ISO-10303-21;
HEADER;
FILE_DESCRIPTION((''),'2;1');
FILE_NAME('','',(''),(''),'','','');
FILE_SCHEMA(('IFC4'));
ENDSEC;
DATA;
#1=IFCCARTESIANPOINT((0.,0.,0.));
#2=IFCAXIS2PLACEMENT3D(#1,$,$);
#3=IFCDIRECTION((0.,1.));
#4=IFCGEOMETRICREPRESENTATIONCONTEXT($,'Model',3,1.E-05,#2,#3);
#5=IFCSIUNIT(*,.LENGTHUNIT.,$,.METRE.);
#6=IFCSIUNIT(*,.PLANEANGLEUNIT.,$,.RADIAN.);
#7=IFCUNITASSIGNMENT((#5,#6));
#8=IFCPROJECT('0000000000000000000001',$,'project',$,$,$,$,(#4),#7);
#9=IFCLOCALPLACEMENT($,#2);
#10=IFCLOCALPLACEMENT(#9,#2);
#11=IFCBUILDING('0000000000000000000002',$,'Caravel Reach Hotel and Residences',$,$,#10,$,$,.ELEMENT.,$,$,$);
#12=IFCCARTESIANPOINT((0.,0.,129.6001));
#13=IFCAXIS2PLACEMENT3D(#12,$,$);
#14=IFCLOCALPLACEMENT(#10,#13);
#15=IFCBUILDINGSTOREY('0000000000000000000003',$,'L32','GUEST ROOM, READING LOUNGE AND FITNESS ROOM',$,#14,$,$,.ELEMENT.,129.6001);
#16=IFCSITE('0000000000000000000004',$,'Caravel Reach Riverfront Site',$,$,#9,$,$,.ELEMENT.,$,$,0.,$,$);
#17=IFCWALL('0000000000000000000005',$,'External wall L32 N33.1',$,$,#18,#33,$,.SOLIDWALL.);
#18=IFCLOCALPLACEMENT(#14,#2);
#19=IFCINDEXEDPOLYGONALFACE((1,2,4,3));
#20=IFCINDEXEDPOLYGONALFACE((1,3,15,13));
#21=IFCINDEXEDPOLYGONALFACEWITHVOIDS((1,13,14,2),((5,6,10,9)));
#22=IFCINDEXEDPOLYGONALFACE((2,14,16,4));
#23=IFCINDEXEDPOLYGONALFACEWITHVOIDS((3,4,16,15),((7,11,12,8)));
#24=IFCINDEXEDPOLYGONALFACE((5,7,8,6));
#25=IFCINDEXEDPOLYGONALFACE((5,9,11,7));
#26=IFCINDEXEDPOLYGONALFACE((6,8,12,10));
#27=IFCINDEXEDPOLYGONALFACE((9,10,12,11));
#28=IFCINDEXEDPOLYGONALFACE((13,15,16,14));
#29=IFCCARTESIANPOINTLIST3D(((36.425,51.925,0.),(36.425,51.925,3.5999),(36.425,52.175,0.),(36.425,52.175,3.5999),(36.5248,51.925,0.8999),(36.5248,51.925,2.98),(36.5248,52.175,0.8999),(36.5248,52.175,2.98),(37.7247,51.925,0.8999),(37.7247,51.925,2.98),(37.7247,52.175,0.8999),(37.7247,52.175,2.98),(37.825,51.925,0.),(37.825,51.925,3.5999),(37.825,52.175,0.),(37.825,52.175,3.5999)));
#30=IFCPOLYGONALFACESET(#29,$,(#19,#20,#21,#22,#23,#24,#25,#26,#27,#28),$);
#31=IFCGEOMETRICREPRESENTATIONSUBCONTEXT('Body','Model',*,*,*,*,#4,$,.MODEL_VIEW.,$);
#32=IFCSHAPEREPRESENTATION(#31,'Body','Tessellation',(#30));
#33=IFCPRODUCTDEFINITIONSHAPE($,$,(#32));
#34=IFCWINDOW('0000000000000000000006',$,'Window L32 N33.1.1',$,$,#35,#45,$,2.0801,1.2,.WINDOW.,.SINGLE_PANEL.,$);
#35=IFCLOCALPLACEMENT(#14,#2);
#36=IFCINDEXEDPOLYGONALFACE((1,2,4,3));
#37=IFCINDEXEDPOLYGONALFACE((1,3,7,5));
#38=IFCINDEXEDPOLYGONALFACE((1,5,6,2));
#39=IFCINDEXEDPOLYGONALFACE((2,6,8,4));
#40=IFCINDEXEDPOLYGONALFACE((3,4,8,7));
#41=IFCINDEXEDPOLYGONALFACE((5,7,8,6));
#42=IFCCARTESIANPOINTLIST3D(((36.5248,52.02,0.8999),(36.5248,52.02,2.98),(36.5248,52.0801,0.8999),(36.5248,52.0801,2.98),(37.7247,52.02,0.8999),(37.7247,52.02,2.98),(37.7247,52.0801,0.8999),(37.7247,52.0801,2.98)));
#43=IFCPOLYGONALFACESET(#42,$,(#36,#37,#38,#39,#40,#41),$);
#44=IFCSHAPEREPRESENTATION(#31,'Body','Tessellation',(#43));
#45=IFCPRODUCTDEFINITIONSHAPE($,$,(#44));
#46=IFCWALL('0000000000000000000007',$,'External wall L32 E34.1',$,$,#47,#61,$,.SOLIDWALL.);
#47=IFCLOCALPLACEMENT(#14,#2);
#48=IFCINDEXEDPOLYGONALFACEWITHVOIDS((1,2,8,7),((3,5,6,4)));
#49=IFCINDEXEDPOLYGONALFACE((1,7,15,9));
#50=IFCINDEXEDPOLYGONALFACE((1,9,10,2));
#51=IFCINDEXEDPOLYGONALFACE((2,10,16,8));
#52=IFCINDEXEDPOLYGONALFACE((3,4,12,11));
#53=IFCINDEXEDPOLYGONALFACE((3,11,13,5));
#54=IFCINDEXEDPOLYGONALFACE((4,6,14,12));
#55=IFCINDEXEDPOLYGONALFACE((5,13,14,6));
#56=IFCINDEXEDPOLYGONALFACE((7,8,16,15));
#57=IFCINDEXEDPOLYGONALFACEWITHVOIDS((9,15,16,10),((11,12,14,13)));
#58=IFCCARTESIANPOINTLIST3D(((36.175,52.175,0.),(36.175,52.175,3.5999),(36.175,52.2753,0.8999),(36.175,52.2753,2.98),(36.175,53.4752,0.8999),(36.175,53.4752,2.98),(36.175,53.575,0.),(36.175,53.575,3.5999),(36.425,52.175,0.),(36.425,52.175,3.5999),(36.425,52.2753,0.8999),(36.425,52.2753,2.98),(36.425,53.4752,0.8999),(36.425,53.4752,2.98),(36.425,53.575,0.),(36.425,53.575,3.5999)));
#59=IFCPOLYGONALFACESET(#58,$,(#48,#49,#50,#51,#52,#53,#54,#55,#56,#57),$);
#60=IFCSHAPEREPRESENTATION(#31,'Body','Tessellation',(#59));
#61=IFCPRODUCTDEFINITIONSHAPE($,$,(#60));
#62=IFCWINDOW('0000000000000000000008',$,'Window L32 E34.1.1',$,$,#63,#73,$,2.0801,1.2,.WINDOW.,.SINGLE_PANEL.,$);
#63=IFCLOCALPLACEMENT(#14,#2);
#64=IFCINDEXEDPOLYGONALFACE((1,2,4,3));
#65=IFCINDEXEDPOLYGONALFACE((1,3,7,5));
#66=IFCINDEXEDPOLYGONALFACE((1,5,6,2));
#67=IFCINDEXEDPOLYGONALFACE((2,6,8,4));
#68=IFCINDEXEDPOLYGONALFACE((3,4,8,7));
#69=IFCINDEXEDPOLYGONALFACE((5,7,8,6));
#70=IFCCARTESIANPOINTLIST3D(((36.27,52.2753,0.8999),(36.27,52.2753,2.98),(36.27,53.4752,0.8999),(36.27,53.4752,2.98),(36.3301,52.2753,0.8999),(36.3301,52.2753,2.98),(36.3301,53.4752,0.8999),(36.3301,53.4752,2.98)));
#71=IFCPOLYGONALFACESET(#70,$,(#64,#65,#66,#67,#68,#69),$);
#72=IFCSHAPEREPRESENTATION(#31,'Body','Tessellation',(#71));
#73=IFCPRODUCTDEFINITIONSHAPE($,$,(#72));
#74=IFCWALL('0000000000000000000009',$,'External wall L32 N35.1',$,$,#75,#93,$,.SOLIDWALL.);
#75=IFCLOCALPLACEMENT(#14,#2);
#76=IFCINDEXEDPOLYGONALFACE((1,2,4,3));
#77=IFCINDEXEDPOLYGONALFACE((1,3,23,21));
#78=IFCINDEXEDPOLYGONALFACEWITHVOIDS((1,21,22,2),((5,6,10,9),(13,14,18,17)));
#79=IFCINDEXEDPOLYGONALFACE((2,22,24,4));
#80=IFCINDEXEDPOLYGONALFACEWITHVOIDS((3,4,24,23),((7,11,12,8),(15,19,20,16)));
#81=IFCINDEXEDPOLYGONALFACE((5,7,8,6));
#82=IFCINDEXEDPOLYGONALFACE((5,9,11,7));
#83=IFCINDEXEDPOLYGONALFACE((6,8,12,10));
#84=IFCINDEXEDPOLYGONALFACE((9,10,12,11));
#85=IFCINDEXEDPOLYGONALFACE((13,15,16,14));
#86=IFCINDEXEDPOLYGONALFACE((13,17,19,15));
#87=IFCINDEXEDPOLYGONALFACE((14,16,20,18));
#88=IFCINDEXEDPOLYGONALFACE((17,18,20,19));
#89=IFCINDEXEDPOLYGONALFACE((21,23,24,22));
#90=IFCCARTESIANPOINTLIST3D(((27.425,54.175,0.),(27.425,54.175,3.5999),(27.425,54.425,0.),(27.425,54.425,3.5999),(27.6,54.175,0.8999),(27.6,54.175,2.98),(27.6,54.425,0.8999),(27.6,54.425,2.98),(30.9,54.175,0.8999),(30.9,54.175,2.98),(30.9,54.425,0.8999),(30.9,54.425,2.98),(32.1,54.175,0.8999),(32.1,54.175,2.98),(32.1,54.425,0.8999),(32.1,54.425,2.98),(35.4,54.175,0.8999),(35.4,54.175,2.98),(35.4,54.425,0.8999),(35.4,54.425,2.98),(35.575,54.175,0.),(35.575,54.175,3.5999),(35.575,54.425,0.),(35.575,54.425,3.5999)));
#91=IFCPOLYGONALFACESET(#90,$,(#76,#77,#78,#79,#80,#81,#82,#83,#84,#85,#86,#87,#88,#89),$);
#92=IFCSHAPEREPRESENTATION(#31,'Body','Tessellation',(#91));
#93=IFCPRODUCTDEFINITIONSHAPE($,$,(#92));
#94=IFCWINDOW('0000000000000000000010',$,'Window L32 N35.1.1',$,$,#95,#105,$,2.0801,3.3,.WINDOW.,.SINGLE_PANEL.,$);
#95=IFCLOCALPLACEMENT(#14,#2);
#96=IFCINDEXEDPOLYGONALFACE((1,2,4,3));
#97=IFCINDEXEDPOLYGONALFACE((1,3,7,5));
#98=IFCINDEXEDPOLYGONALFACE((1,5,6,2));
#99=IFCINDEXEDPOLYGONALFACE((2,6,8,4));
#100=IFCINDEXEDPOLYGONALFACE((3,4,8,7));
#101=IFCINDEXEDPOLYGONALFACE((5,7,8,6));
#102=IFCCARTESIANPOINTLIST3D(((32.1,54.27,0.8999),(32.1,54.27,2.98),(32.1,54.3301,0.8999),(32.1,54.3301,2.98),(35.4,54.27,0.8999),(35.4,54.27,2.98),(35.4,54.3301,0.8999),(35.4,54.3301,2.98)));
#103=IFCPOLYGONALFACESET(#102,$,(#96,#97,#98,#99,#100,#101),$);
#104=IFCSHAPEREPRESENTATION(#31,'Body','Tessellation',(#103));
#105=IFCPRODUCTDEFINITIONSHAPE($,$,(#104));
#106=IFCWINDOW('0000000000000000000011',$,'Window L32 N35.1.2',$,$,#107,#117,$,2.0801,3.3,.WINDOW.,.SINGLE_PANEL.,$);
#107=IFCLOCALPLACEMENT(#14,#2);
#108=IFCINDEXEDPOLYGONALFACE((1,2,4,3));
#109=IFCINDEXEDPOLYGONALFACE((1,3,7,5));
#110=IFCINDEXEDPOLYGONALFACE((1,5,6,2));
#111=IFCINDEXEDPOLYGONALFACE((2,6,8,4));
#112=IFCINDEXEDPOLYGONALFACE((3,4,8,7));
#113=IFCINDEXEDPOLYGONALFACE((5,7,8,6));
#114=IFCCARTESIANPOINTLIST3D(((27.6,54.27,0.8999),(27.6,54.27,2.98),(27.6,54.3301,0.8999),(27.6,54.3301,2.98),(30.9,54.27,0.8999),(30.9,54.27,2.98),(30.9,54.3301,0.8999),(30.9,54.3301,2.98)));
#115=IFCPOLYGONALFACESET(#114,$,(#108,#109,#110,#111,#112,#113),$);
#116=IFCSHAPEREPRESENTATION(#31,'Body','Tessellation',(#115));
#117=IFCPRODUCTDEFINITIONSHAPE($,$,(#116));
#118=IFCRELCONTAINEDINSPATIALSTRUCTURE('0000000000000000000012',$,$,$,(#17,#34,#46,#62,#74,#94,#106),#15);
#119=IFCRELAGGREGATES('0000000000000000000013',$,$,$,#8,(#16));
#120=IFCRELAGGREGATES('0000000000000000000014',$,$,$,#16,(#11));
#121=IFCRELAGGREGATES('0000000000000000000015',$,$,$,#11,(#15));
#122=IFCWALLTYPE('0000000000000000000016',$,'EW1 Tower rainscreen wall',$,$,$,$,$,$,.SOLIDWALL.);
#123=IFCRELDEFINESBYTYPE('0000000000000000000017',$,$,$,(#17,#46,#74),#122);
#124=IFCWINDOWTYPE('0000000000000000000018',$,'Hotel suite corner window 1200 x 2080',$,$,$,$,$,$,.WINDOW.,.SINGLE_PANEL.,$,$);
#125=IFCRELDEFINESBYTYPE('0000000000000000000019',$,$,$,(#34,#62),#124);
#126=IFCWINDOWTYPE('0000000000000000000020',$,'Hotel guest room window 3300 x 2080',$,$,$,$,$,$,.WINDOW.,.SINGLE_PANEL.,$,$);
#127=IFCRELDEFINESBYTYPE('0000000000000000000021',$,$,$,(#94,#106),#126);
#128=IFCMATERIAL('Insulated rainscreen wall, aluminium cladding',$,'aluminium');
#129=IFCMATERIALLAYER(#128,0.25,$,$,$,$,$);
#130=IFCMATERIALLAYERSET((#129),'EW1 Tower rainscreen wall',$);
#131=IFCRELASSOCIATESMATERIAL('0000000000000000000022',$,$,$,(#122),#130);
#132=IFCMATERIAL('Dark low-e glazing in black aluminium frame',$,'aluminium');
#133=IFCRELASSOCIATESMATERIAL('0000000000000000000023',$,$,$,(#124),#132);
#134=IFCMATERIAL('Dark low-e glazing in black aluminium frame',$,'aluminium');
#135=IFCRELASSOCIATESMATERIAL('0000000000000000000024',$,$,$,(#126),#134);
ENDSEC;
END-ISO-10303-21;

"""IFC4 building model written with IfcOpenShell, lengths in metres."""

from ifc_helpers import new_model, si_unit, direction, frame, frame_2d, origin, place, context, subcontext, project, spatial, rectangle, extrude, material, layer, layer_set, type_object, element, fill, save


model = new_model("IFC4")

# Units and contexts
model_context = context("Model", 3, precision=1e-05, world=origin(), true_north=direction((0.0, 1.0)))
body_context = subcontext(model_context, "Body", "Model", "MODEL_VIEW")
ifc_project = project(units=[si_unit("LENGTHUNIT", "METRE"), si_unit("PLANEANGLEUNIT", "RADIAN")], contexts=[model_context])

# Site, building, storey
site_placement = place(None, origin())
site = spatial("IfcSite", under=ifc_project, at=site_placement, Name="Caravel Reach Riverfront Site", CompositionType="ELEMENT", RefElevation=0.0)
building_placement = place(site_placement, origin())
building = spatial("IfcBuilding", under=site, at=building_placement, Name="Caravel Reach Hotel and Residences", CompositionType="ELEMENT")
storey_placement = place(building_placement, frame((0.0, 0.0, 129.6001)))
storey = spatial("IfcBuildingStorey", under=building, at=storey_placement, Name="L32", Description="GUEST ROOM, READING LOUNGE AND FITNESS ROOM", CompositionType="ELEMENT", Elevation=129.6001)

# Walls, openings, windows
ifc_material_1 = material(Name="Insulated rainscreen wall, aluminium cladding", Category="aluminium")
ifc_layer = layer(ifc_material_1, 0.25)
ifc_layer_set = layer_set([ifc_layer], Name="EW1 Tower rainscreen wall")
wall_type = type_object("IfcWallType", Name="EW1 Tower rainscreen wall", PredefinedType="SOLIDWALL", material=ifc_layer_set)
wall_1_placement = place(storey_placement, frame((37.825, 52.05, 0.0), z_axis=(0.0, 0.0, 1.0), x_axis=(-1.0, 0.0, 0.0)))
wall_1 = element("IfcWall", 1, at=wall_1_placement, inside=storey, type_object=wall_type, Name="External wall L32 N33.1", PredefinedType="SOLIDWALL", context=body_context, shape_type="SweptSolid", body=[
    extrude(rectangle(XDim=1.3999, YDim=0.25, at=frame_2d((0.7, 0.0))), origin(), (0.0, 0.0, 1.0), 3.5999),
])
opening_1_placement = place(wall_1_placement, frame((0.1001, 0.0, 0.8999)))
opening_1 = element("IfcOpeningElement", 2, at=opening_1_placement, cuts=wall_1, PredefinedType="OPENING", context=body_context, shape_type="SweptSolid", body=[
    extrude(rectangle(XDim=1.2, YDim=2.0801, at=frame_2d((0.6001, 1.04))), frame((0.0, 0.135, 0.0), z_axis=(0.0, -1.0, 0.0), x_axis=(1.0, 0.0, 0.0)), (0.0, 0.0, 1.0), 0.27),
])
ifc_material_2 = material(Name="Dark low-e glazing in black aluminium frame", Category="aluminium")
window_type_1 = type_object("IfcWindowType", Name="Hotel suite corner window 1200 x 2080", PartitioningType="SINGLE_PANEL", PredefinedType="WINDOW", material=ifc_material_2)
window_1_placement = place(opening_1_placement, origin())
window_1 = element("IfcWindow", 3, at=window_1_placement, inside=storey, type_object=window_type_1, Name="Window L32 N33.1.1", OverallHeight=2.0801, OverallWidth=1.2, PartitioningType="SINGLE_PANEL", PredefinedType="WINDOW", context=body_context, shape_type="SweptSolid", body=[
    extrude(rectangle(XDim=1.2, YDim=2.0801, at=frame_2d((0.6001, 1.04))), frame((0.0, 0.03, 0.0), z_axis=(0.0, -1.0, 0.0), x_axis=(1.0, 0.0, 0.0)), (0.0, 0.0, 1.0), 0.0601),
])
fill(opening_1, window_1)
wall_2_placement = place(storey_placement, frame((36.3, 52.175, 0.0), z_axis=(0.0, 0.0, 1.0), x_axis=(0.0, 1.0, 0.0)))
wall_2 = element("IfcWall", 4, at=wall_2_placement, inside=storey, type_object=wall_type, Name="External wall L32 E34.1", PredefinedType="SOLIDWALL", context=body_context, shape_type="SweptSolid", body=[
    extrude(rectangle(XDim=1.3999, YDim=0.25, at=frame_2d((0.7, 0.0))), origin(), (0.0, 0.0, 1.0), 3.5999),
])
opening_2_placement = place(wall_2_placement, frame((0.1001, 0.0, 0.8999)))
opening_2 = element("IfcOpeningElement", 5, at=opening_2_placement, cuts=wall_2, PredefinedType="OPENING", context=body_context, shape_type="SweptSolid", body=[
    extrude(rectangle(XDim=1.2, YDim=2.0801, at=frame_2d((0.6001, 1.04))), frame((0.0, 0.135, 0.0), z_axis=(0.0, -1.0, 0.0), x_axis=(1.0, 0.0, 0.0)), (0.0, 0.0, 1.0), 0.27),
])
window_2_placement = place(opening_2_placement, origin())
window_2 = element("IfcWindow", 6, at=window_2_placement, inside=storey, type_object=window_type_1, Name="Window L32 E34.1.1", OverallHeight=2.0801, OverallWidth=1.2, PartitioningType="SINGLE_PANEL", PredefinedType="WINDOW", context=body_context, shape_type="SweptSolid", body=[
    extrude(rectangle(XDim=1.2, YDim=2.0801, at=frame_2d((0.6001, 1.04))), frame((0.0, 0.03, 0.0), z_axis=(0.0, -1.0, 0.0), x_axis=(1.0, 0.0, 0.0)), (0.0, 0.0, 1.0), 0.0601),
])
fill(opening_2, window_2)

# Wall, openings, windows
wall_3_placement = place(storey_placement, frame((35.575, 54.3, 0.0), z_axis=(0.0, 0.0, 1.0), x_axis=(-1.0, 0.0, 0.0)))
wall_3 = element("IfcWall", 7, at=wall_3_placement, inside=storey, type_object=wall_type, Name="External wall L32 N35.1", PredefinedType="SOLIDWALL", context=body_context, shape_type="SweptSolid", body=[
    extrude(rectangle(XDim=8.1499, YDim=0.25, at=frame_2d((4.075, 0.0))), origin(), (0.0, 0.0, 1.0), 3.5999),
])
opening_3_placement = place(wall_3_placement, frame((0.175, 0.0, 0.8999)))
opening_3 = element("IfcOpeningElement", 8, at=opening_3_placement, cuts=wall_3, PredefinedType="OPENING", context=body_context, shape_type="SweptSolid", body=[
    extrude(rectangle(XDim=3.3, YDim=2.0801, at=frame_2d((1.6499, 1.04))), frame((0.0, 0.135, 0.0), z_axis=(0.0, -1.0, 0.0), x_axis=(1.0, 0.0, 0.0)), (0.0, 0.0, 1.0), 0.27),
])
opening_4_placement = place(wall_3_placement, frame((4.675, 0.0, 0.8999)))
opening_4 = element("IfcOpeningElement", 9, at=opening_4_placement, cuts=wall_3, PredefinedType="OPENING", context=body_context, shape_type="SweptSolid", body=[
    extrude(rectangle(XDim=3.3, YDim=2.0801, at=frame_2d((1.6499, 1.04))), frame((0.0, 0.135, 0.0), z_axis=(0.0, -1.0, 0.0), x_axis=(1.0, 0.0, 0.0)), (0.0, 0.0, 1.0), 0.27),
])
ifc_material_3 = material(Name="Dark low-e glazing in black aluminium frame", Category="aluminium")
window_type_2 = type_object("IfcWindowType", Name="Hotel guest room window 3300 x 2080", PartitioningType="SINGLE_PANEL", PredefinedType="WINDOW", material=ifc_material_3)
window_3_placement = place(opening_3_placement, origin())
window_3 = element("IfcWindow", 10, at=window_3_placement, inside=storey, type_object=window_type_2, Name="Window L32 N35.1.1", OverallHeight=2.0801, OverallWidth=3.3, PartitioningType="SINGLE_PANEL", PredefinedType="WINDOW", context=body_context, shape_type="SweptSolid", body=[
    extrude(rectangle(XDim=3.3, YDim=2.0801, at=frame_2d((1.6499, 1.04))), frame((0.0, 0.03, 0.0), z_axis=(0.0, -1.0, 0.0), x_axis=(1.0, 0.0, 0.0)), (0.0, 0.0, 1.0), 0.0601),
])
fill(opening_3, window_3)
window_4_placement = place(opening_4_placement, origin())
window_4 = element("IfcWindow", 11, at=window_4_placement, inside=storey, type_object=window_type_2, Name="Window L32 N35.1.2", OverallHeight=2.0801, OverallWidth=3.3, PartitioningType="SINGLE_PANEL", PredefinedType="WINDOW", context=body_context, shape_type="SweptSolid", body=[
    extrude(rectangle(XDim=3.3, YDim=2.0801, at=frame_2d((1.6499, 1.04))), frame((0.0, 0.03, 0.0), z_axis=(0.0, -1.0, 0.0), x_axis=(1.0, 0.0, 0.0)), (0.0, 0.0, 1.0), 0.0601),
])
fill(opening_4, window_4)

save(model, "model.ifc")
